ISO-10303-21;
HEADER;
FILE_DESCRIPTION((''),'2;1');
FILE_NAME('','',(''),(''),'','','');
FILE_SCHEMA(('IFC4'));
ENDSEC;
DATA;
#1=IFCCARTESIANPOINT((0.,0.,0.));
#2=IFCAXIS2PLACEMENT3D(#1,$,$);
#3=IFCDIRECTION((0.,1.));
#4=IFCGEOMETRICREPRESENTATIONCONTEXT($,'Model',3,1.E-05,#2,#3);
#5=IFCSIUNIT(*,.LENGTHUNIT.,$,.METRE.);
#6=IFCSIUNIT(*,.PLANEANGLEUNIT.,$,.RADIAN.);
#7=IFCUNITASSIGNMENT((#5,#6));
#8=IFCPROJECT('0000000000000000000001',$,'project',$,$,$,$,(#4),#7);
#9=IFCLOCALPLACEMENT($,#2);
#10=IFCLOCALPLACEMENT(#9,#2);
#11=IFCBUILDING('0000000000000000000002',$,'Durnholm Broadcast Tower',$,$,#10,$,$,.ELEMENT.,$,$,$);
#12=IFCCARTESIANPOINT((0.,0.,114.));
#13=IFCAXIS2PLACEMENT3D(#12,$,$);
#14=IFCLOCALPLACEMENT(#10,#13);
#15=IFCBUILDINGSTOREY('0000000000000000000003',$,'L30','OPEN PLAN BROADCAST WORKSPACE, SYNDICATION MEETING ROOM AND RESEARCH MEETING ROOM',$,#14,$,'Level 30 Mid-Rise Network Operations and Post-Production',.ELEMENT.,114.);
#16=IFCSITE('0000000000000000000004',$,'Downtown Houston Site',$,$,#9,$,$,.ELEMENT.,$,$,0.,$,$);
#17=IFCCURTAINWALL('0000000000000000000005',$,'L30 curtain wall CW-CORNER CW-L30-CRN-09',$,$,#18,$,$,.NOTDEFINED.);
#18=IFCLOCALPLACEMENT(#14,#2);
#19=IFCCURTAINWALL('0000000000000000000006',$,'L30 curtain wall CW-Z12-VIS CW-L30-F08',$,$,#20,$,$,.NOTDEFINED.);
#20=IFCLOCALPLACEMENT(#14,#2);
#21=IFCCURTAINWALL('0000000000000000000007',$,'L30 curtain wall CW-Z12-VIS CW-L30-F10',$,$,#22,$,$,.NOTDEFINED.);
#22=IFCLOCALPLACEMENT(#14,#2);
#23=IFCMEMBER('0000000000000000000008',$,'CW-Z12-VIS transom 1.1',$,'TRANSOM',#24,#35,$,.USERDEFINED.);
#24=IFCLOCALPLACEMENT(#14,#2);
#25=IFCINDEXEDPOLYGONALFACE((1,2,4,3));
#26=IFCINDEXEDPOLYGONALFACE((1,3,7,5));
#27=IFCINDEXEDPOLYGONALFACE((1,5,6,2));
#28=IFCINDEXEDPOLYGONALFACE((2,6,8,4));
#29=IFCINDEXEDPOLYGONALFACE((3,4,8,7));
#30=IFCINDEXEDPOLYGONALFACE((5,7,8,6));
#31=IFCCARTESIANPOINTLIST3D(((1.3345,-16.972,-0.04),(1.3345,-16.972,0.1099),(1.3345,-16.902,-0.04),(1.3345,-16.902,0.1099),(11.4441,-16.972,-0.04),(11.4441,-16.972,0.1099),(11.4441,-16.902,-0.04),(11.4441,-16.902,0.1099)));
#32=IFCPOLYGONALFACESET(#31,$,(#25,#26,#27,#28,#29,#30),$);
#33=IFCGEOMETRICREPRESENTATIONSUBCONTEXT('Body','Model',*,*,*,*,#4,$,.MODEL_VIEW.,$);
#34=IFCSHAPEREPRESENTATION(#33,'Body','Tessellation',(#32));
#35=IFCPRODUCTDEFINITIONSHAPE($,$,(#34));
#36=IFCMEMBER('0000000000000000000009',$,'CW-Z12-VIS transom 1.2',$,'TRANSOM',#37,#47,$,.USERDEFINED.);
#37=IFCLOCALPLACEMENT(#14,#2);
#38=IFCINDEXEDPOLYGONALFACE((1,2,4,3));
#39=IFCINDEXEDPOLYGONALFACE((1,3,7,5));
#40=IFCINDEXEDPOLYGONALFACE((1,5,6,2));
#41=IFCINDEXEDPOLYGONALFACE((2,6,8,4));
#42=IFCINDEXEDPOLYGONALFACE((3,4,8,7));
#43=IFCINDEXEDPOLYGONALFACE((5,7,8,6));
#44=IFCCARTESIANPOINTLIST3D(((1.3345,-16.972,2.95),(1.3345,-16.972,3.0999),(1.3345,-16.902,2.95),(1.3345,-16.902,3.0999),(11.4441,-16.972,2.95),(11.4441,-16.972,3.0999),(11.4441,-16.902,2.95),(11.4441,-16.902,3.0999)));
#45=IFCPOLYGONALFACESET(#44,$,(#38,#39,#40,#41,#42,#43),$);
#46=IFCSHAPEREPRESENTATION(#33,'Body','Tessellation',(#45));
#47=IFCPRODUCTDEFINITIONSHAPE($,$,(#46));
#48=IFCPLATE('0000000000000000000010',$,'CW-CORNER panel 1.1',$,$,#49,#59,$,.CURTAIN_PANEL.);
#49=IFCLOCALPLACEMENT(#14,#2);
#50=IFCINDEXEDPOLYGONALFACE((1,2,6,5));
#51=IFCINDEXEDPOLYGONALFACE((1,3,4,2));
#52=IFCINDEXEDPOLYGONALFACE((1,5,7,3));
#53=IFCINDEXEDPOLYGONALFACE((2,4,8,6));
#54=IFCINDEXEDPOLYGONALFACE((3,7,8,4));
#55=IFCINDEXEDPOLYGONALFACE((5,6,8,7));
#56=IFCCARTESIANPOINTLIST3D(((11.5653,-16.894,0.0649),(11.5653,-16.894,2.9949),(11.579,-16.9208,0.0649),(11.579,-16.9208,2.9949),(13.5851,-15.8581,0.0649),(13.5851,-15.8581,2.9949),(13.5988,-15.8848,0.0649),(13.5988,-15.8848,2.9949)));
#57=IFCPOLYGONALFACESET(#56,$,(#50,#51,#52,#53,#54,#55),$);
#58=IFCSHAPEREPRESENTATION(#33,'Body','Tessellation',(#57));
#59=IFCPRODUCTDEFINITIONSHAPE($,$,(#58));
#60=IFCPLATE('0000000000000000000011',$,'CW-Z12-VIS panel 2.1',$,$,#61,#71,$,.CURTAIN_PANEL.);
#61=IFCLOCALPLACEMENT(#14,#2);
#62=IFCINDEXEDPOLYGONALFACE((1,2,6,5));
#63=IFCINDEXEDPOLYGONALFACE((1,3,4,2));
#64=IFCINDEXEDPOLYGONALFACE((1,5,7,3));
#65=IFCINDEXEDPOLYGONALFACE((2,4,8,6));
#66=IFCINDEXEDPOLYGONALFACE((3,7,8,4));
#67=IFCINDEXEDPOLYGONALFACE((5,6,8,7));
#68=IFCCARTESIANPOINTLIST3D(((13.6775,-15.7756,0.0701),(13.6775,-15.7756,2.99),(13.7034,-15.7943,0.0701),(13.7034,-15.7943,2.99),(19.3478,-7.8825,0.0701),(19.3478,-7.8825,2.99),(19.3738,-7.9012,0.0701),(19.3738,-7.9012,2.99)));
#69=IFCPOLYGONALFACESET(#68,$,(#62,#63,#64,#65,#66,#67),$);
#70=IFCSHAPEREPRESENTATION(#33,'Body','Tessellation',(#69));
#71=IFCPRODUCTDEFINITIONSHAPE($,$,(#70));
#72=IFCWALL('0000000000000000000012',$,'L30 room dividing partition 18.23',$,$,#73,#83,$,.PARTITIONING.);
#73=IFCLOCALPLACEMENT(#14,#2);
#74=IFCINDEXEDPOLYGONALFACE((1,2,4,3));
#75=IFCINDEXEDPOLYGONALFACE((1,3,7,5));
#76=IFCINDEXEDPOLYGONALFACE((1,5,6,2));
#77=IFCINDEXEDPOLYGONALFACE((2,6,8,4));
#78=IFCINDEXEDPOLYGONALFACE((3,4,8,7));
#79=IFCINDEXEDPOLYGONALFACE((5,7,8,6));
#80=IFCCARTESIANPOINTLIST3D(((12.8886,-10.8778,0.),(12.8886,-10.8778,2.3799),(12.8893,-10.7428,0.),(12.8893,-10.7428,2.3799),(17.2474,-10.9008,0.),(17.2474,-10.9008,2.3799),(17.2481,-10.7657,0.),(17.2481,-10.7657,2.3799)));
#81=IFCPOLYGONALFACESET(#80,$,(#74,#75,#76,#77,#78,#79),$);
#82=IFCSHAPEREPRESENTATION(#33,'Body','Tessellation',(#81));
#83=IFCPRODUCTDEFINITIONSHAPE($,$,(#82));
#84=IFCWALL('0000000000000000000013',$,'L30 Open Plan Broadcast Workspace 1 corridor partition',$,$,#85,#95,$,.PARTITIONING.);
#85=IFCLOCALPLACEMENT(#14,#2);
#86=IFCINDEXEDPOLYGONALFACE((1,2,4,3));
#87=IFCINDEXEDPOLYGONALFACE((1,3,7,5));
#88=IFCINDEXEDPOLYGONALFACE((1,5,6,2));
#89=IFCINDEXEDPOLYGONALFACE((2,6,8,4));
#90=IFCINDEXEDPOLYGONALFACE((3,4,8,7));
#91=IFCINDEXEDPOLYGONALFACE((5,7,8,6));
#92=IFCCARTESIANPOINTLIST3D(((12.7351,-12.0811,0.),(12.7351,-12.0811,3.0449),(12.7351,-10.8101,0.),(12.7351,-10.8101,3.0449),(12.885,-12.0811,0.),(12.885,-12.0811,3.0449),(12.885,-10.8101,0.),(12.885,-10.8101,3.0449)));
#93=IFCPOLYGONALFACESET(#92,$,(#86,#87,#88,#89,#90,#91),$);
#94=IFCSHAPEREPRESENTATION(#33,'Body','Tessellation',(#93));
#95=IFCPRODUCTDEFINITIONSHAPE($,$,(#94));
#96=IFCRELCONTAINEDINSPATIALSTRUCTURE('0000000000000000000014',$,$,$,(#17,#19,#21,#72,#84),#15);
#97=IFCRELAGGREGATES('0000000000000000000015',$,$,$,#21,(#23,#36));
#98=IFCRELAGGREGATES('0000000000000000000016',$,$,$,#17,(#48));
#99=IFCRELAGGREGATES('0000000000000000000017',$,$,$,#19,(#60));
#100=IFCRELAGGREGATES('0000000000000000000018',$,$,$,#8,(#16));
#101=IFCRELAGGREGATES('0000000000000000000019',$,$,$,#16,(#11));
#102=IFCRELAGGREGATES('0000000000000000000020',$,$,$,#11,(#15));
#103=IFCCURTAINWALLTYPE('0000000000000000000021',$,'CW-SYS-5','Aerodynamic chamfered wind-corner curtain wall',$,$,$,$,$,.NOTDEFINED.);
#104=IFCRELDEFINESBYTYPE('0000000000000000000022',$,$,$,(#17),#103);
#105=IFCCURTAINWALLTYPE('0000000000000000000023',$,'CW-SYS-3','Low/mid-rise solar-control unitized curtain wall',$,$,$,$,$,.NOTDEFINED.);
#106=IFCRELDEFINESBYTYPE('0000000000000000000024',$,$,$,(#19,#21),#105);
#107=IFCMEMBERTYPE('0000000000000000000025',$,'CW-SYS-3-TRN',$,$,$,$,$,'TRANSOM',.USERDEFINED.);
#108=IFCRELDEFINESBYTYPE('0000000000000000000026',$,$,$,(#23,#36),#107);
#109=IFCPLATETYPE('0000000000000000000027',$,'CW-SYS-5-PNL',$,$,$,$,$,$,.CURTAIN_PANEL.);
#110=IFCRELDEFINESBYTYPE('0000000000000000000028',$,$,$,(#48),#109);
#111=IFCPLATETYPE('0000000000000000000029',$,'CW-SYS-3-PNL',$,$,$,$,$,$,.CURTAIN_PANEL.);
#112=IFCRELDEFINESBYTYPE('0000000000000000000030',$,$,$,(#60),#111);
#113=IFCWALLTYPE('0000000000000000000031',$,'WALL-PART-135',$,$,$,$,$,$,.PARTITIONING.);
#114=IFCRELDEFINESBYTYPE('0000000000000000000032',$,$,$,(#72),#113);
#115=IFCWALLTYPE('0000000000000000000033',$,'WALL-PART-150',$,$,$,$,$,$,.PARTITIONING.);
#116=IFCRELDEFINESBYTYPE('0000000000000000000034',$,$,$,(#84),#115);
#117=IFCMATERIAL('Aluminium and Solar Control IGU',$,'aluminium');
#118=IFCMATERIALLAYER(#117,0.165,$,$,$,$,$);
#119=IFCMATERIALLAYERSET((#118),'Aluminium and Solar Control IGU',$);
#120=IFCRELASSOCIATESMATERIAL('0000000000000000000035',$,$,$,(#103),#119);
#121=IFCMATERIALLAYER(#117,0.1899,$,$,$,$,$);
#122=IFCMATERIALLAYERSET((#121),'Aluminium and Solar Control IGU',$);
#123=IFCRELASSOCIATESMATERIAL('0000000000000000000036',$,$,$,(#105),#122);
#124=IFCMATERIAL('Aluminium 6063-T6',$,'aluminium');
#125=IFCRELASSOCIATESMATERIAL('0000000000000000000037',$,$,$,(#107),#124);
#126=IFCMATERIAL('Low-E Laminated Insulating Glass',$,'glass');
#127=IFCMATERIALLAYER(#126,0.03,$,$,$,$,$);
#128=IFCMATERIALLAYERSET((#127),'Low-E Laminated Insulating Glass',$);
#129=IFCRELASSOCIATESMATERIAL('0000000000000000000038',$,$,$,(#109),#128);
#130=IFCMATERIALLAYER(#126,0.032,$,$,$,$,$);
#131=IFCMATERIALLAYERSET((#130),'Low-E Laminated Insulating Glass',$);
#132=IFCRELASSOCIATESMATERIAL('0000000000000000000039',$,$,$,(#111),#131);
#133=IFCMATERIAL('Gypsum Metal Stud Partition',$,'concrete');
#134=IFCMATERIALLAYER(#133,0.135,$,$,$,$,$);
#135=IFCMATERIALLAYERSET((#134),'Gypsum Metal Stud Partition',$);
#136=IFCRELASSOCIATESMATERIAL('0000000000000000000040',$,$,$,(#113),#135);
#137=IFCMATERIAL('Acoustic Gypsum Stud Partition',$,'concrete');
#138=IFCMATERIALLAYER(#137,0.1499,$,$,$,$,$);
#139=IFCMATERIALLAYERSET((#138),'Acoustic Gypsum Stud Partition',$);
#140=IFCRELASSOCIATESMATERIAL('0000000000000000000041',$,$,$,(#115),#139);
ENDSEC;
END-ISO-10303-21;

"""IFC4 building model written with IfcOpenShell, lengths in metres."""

from ifc_helpers import new_model, si_unit, direction, frame, frame_2d, origin, origin_2d, place, context, subcontext, project, spatial, rectangle, extrude, source, transform, mapped, material, layer, layer_set, material_profile, profile_set, type_object, type_shapes, element, aggregate, save


model = new_model("IFC4")

# Units and contexts
model_context = context("Model", 3, precision=1e-05, world=origin(), true_north=direction((0.0, 1.0)))
body_context = subcontext(model_context, "Body", "Model", "MODEL_VIEW")
ifc_project = project(units=[si_unit("LENGTHUNIT", "METRE"), si_unit("PLANEANGLEUNIT", "RADIAN")], contexts=[model_context])

# Site, building, storey
site_placement = place(None, origin())
site = spatial("IfcSite", under=ifc_project, at=site_placement, Name="Downtown Houston Site", CompositionType="ELEMENT", RefElevation=0.0)
building_placement = place(site_placement, origin())
building = spatial("IfcBuilding", under=site, at=building_placement, Name="Durnholm Broadcast Tower", CompositionType="ELEMENT")
storey_placement = place(building_placement, frame((0.0, 0.0, 114.0)))
storey = spatial("IfcBuildingStorey", under=building, at=storey_placement, Name="L30", Description="OPEN PLAN BROADCAST WORKSPACE, SYNDICATION MEETING ROOM AND RESEARCH MEETING ROOM", LongName="Level 30 Mid-Rise Network Operations and Post-Production", CompositionType="ELEMENT", Elevation=114.0)

# Curtain wall
ifc_material_1 = material(Name="Aluminium and Solar Control IGU", Category="aluminium")
ifc_layer_1 = layer(ifc_material_1, 0.165)
ifc_layer_set_1 = layer_set([ifc_layer_1], Name="Aluminium and Solar Control IGU")
curtain_wall_type_1 = type_object("IfcCurtainWallType", Name="CW-SYS-5", Description="Aerodynamic chamfered wind-corner curtain wall", PredefinedType="NOTDEFINED", material=ifc_layer_set_1)
curtain_wall_1_placement = place(storey_placement, origin())
curtain_wall_1 = element("IfcCurtainWall", 1, at=curtain_wall_1_placement, inside=storey, type_object=curtain_wall_type_1, Name="L30 curtain wall CW-CORNER CW-L30-CRN-09", PredefinedType="NOTDEFINED")
ifc_material_2 = material(Name="Aluminium 6063-T6", Category="aluminium")

# Curtain walls
ifc_layer_2 = layer(ifc_material_1, 0.1899)
ifc_layer_set_2 = layer_set([ifc_layer_2], Name="Aluminium and Solar Control IGU")
curtain_wall_type_2 = type_object("IfcCurtainWallType", Name="CW-SYS-3", Description="Low/mid-rise solar-control unitized curtain wall", PredefinedType="NOTDEFINED", material=ifc_layer_set_2)
curtain_wall_2_placement = place(storey_placement, origin())
curtain_wall_2 = element("IfcCurtainWall", 2, at=curtain_wall_2_placement, inside=storey, type_object=curtain_wall_type_2, Name="L30 curtain wall CW-Z12-VIS CW-L30-F08", PredefinedType="NOTDEFINED")
curtain_wall_3_placement = place(storey_placement, origin())
curtain_wall_3 = element("IfcCurtainWall", 3, at=curtain_wall_3_placement, inside=storey, type_object=curtain_wall_type_2, Name="L30 curtain wall CW-Z12-VIS CW-L30-F10", PredefinedType="NOTDEFINED")

# Members
ifc_material_profile_1 = material_profile(ifc_material_2, rectangle(XDim=0.0701, YDim=0.1499, at=origin_2d()), Name="CWT70X150")
ifc_profile_set_1 = profile_set([ifc_material_profile_1], Name="Aluminium 6063-T6")
member_type_1 = type_object("IfcMemberType", Name="CW-SYS-3-TRN", ElementType="TRANSOM", PredefinedType="USERDEFINED", material=ifc_profile_set_1)
shared_shape_1 = source(origin(), body_context, "Body", "SweptSolid", [
    extrude(rectangle(XDim=0.0701, YDim=0.1499, at=origin_2d()), origin(), (0.0, 0.0, 1.0), 10.1096),
])
type_shapes(member_type_1, [shared_shape_1])
member_1_placement = place(storey_placement, frame((11.4441, -16.937, 0.0349), z_axis=(-1.0, 0.0, 0.0), x_axis=(0.0, -1.0, 0.0)))
member_1 = element("IfcMember", 4, at=member_1_placement, type_object=member_type_1, Name="CW-Z12-VIS transom 1.1", ObjectType="TRANSOM", PredefinedType="USERDEFINED", context=body_context, shape_type="MappedRepresentation", body=[
    mapped(shared_shape_1, transform((0.0, 0.0, 0.0), x_axis=(1.0, 0.0, 0.0), y_axis=(0.0, 1.0, 0.0), z_axis=(0.0, 0.0, 1.0), scale=1.0)),
])
member_2_placement = place(storey_placement, frame((11.4441, -16.937, 3.0249), z_axis=(-1.0, 0.0, 0.0), x_axis=(0.0, -1.0, 0.0)))
member_2 = element("IfcMember", 5, at=member_2_placement, type_object=member_type_1, Name="CW-Z12-VIS transom 1.2", ObjectType="TRANSOM", PredefinedType="USERDEFINED", context=body_context, shape_type="MappedRepresentation", body=[
    mapped(shared_shape_1, transform((0.0, 0.0, 0.0), x_axis=(1.0, 0.0, 0.0), y_axis=(0.0, 1.0, 0.0), z_axis=(0.0, 0.0, 1.0), scale=1.0)),
])
aggregate(curtain_wall_3, [member_1, member_2])

# Plates
ifc_material_3 = material(Name="Low-E Laminated Insulating Glass", Category="glass")
ifc_layer_3 = layer(ifc_material_3, 0.03)
ifc_layer_set_3 = layer_set([ifc_layer_3], Name="Low-E Laminated Insulating Glass")
plate_type_1 = type_object("IfcPlateType", Name="CW-SYS-5-PNL", PredefinedType="CURTAIN_PANEL", material=ifc_layer_set_3)
shared_shape_2 = source(origin(), body_context, "Body", "SweptSolid", [
    extrude(rectangle(XDim=2.27, YDim=0.03, at=origin_2d()), origin(), (0.0, 0.0, 1.0), 2.9299),
])
type_shapes(plate_type_1, [shared_shape_2])
plate_1_placement = place(storey_placement, frame((12.582, -16.3894, 0.0649), z_axis=(0.0, 0.0, 1.0), x_axis=(-0.889788, -0.456373, 0.0)))
plate_1 = element("IfcPlate", 6, at=plate_1_placement, type_object=plate_type_1, Name="CW-CORNER panel 1.1", PredefinedType="CURTAIN_PANEL", context=body_context, shape_type="MappedRepresentation", body=[
    mapped(shared_shape_2, transform((0.0, 0.0, 0.0), x_axis=(1.0, 0.0, 0.0), y_axis=(0.0, 1.0, 0.0), z_axis=(0.0, 0.0, 1.0), scale=1.0)),
])
aggregate(curtain_wall_1, [plate_1])
ifc_layer_4 = layer(ifc_material_3, 0.032)
ifc_layer_set_4 = layer_set([ifc_layer_4], Name="Low-E Laminated Insulating Glass")
plate_type_2 = type_object("IfcPlateType", Name="CW-SYS-3-PNL", PredefinedType="CURTAIN_PANEL", material=ifc_layer_set_4)
shared_shape_3 = source(origin(), body_context, "Body", "SweptSolid", [
    extrude(rectangle(XDim=9.7188, YDim=0.032, at=origin_2d()), origin(), (0.0, 0.0, 1.0), 2.9199),
])
type_shapes(plate_type_2, [shared_shape_3])
plate_2_placement = place(storey_placement, frame((16.5256, -11.8384, 0.0701), z_axis=(0.0, 0.0, 1.0), x_axis=(-0.583445, -0.812152, 0.0)))
plate_2 = element("IfcPlate", 7, at=plate_2_placement, type_object=plate_type_2, Name="CW-Z12-VIS panel 2.1", PredefinedType="CURTAIN_PANEL", context=body_context, shape_type="MappedRepresentation", body=[
    mapped(shared_shape_3, transform((0.0, 0.0, 0.0), x_axis=(1.0, 0.0, 0.0), y_axis=(0.0, 1.0, 0.0), z_axis=(0.0, 0.0, 1.0), scale=1.0)),
])
aggregate(curtain_wall_2, [plate_2])

# Walls
ifc_material_4 = material(Name="Gypsum Metal Stud Partition", Category="concrete")
ifc_layer_5 = layer(ifc_material_4, 0.135)
ifc_layer_set_5 = layer_set([ifc_layer_5], Name="Gypsum Metal Stud Partition")
wall_type_1 = type_object("IfcWallType", Name="WALL-PART-135", PredefinedType="PARTITIONING", material=ifc_layer_set_5)
wall_1_placement = place(storey_placement, frame((12.8889, -10.8103, 0.0), z_axis=(0.0, 0.0, 1.0), x_axis=(0.999986, -0.005265, 0.0)))
element("IfcWall", 8, at=wall_1_placement, inside=storey, type_object=wall_type_1, Name="L30 room dividing partition 18.23", PredefinedType="PARTITIONING", context=body_context, shape_type="SweptSolid", body=[
    extrude(rectangle(XDim=4.3589, YDim=0.135, at=frame_2d((2.1794, 0.0))), origin(), (0.0, 0.0, 1.0), 2.3799),
])
ifc_material_5 = material(Name="Acoustic Gypsum Stud Partition", Category="concrete")
ifc_layer_6 = layer(ifc_material_5, 0.1499)
ifc_layer_set_6 = layer_set([ifc_layer_6], Name="Acoustic Gypsum Stud Partition")
wall_type_2 = type_object("IfcWallType", Name="WALL-PART-150", PredefinedType="PARTITIONING", material=ifc_layer_set_6)
wall_2_placement = place(storey_placement, frame((12.8101, -12.0811, 0.0), z_axis=(0.0, 0.0, 1.0), x_axis=(0.0, 1.0, 0.0)))
element("IfcWall", 9, at=wall_2_placement, inside=storey, type_object=wall_type_2, Name="L30 Open Plan Broadcast Workspace 1 corridor partition", PredefinedType="PARTITIONING", context=body_context, shape_type="SweptSolid", body=[
    extrude(rectangle(XDim=1.271, YDim=0.1499, at=frame_2d((0.6355, 0.0))), origin(), (0.0, 0.0, 1.0), 3.0449),
])

save(model, "model.ifc")
